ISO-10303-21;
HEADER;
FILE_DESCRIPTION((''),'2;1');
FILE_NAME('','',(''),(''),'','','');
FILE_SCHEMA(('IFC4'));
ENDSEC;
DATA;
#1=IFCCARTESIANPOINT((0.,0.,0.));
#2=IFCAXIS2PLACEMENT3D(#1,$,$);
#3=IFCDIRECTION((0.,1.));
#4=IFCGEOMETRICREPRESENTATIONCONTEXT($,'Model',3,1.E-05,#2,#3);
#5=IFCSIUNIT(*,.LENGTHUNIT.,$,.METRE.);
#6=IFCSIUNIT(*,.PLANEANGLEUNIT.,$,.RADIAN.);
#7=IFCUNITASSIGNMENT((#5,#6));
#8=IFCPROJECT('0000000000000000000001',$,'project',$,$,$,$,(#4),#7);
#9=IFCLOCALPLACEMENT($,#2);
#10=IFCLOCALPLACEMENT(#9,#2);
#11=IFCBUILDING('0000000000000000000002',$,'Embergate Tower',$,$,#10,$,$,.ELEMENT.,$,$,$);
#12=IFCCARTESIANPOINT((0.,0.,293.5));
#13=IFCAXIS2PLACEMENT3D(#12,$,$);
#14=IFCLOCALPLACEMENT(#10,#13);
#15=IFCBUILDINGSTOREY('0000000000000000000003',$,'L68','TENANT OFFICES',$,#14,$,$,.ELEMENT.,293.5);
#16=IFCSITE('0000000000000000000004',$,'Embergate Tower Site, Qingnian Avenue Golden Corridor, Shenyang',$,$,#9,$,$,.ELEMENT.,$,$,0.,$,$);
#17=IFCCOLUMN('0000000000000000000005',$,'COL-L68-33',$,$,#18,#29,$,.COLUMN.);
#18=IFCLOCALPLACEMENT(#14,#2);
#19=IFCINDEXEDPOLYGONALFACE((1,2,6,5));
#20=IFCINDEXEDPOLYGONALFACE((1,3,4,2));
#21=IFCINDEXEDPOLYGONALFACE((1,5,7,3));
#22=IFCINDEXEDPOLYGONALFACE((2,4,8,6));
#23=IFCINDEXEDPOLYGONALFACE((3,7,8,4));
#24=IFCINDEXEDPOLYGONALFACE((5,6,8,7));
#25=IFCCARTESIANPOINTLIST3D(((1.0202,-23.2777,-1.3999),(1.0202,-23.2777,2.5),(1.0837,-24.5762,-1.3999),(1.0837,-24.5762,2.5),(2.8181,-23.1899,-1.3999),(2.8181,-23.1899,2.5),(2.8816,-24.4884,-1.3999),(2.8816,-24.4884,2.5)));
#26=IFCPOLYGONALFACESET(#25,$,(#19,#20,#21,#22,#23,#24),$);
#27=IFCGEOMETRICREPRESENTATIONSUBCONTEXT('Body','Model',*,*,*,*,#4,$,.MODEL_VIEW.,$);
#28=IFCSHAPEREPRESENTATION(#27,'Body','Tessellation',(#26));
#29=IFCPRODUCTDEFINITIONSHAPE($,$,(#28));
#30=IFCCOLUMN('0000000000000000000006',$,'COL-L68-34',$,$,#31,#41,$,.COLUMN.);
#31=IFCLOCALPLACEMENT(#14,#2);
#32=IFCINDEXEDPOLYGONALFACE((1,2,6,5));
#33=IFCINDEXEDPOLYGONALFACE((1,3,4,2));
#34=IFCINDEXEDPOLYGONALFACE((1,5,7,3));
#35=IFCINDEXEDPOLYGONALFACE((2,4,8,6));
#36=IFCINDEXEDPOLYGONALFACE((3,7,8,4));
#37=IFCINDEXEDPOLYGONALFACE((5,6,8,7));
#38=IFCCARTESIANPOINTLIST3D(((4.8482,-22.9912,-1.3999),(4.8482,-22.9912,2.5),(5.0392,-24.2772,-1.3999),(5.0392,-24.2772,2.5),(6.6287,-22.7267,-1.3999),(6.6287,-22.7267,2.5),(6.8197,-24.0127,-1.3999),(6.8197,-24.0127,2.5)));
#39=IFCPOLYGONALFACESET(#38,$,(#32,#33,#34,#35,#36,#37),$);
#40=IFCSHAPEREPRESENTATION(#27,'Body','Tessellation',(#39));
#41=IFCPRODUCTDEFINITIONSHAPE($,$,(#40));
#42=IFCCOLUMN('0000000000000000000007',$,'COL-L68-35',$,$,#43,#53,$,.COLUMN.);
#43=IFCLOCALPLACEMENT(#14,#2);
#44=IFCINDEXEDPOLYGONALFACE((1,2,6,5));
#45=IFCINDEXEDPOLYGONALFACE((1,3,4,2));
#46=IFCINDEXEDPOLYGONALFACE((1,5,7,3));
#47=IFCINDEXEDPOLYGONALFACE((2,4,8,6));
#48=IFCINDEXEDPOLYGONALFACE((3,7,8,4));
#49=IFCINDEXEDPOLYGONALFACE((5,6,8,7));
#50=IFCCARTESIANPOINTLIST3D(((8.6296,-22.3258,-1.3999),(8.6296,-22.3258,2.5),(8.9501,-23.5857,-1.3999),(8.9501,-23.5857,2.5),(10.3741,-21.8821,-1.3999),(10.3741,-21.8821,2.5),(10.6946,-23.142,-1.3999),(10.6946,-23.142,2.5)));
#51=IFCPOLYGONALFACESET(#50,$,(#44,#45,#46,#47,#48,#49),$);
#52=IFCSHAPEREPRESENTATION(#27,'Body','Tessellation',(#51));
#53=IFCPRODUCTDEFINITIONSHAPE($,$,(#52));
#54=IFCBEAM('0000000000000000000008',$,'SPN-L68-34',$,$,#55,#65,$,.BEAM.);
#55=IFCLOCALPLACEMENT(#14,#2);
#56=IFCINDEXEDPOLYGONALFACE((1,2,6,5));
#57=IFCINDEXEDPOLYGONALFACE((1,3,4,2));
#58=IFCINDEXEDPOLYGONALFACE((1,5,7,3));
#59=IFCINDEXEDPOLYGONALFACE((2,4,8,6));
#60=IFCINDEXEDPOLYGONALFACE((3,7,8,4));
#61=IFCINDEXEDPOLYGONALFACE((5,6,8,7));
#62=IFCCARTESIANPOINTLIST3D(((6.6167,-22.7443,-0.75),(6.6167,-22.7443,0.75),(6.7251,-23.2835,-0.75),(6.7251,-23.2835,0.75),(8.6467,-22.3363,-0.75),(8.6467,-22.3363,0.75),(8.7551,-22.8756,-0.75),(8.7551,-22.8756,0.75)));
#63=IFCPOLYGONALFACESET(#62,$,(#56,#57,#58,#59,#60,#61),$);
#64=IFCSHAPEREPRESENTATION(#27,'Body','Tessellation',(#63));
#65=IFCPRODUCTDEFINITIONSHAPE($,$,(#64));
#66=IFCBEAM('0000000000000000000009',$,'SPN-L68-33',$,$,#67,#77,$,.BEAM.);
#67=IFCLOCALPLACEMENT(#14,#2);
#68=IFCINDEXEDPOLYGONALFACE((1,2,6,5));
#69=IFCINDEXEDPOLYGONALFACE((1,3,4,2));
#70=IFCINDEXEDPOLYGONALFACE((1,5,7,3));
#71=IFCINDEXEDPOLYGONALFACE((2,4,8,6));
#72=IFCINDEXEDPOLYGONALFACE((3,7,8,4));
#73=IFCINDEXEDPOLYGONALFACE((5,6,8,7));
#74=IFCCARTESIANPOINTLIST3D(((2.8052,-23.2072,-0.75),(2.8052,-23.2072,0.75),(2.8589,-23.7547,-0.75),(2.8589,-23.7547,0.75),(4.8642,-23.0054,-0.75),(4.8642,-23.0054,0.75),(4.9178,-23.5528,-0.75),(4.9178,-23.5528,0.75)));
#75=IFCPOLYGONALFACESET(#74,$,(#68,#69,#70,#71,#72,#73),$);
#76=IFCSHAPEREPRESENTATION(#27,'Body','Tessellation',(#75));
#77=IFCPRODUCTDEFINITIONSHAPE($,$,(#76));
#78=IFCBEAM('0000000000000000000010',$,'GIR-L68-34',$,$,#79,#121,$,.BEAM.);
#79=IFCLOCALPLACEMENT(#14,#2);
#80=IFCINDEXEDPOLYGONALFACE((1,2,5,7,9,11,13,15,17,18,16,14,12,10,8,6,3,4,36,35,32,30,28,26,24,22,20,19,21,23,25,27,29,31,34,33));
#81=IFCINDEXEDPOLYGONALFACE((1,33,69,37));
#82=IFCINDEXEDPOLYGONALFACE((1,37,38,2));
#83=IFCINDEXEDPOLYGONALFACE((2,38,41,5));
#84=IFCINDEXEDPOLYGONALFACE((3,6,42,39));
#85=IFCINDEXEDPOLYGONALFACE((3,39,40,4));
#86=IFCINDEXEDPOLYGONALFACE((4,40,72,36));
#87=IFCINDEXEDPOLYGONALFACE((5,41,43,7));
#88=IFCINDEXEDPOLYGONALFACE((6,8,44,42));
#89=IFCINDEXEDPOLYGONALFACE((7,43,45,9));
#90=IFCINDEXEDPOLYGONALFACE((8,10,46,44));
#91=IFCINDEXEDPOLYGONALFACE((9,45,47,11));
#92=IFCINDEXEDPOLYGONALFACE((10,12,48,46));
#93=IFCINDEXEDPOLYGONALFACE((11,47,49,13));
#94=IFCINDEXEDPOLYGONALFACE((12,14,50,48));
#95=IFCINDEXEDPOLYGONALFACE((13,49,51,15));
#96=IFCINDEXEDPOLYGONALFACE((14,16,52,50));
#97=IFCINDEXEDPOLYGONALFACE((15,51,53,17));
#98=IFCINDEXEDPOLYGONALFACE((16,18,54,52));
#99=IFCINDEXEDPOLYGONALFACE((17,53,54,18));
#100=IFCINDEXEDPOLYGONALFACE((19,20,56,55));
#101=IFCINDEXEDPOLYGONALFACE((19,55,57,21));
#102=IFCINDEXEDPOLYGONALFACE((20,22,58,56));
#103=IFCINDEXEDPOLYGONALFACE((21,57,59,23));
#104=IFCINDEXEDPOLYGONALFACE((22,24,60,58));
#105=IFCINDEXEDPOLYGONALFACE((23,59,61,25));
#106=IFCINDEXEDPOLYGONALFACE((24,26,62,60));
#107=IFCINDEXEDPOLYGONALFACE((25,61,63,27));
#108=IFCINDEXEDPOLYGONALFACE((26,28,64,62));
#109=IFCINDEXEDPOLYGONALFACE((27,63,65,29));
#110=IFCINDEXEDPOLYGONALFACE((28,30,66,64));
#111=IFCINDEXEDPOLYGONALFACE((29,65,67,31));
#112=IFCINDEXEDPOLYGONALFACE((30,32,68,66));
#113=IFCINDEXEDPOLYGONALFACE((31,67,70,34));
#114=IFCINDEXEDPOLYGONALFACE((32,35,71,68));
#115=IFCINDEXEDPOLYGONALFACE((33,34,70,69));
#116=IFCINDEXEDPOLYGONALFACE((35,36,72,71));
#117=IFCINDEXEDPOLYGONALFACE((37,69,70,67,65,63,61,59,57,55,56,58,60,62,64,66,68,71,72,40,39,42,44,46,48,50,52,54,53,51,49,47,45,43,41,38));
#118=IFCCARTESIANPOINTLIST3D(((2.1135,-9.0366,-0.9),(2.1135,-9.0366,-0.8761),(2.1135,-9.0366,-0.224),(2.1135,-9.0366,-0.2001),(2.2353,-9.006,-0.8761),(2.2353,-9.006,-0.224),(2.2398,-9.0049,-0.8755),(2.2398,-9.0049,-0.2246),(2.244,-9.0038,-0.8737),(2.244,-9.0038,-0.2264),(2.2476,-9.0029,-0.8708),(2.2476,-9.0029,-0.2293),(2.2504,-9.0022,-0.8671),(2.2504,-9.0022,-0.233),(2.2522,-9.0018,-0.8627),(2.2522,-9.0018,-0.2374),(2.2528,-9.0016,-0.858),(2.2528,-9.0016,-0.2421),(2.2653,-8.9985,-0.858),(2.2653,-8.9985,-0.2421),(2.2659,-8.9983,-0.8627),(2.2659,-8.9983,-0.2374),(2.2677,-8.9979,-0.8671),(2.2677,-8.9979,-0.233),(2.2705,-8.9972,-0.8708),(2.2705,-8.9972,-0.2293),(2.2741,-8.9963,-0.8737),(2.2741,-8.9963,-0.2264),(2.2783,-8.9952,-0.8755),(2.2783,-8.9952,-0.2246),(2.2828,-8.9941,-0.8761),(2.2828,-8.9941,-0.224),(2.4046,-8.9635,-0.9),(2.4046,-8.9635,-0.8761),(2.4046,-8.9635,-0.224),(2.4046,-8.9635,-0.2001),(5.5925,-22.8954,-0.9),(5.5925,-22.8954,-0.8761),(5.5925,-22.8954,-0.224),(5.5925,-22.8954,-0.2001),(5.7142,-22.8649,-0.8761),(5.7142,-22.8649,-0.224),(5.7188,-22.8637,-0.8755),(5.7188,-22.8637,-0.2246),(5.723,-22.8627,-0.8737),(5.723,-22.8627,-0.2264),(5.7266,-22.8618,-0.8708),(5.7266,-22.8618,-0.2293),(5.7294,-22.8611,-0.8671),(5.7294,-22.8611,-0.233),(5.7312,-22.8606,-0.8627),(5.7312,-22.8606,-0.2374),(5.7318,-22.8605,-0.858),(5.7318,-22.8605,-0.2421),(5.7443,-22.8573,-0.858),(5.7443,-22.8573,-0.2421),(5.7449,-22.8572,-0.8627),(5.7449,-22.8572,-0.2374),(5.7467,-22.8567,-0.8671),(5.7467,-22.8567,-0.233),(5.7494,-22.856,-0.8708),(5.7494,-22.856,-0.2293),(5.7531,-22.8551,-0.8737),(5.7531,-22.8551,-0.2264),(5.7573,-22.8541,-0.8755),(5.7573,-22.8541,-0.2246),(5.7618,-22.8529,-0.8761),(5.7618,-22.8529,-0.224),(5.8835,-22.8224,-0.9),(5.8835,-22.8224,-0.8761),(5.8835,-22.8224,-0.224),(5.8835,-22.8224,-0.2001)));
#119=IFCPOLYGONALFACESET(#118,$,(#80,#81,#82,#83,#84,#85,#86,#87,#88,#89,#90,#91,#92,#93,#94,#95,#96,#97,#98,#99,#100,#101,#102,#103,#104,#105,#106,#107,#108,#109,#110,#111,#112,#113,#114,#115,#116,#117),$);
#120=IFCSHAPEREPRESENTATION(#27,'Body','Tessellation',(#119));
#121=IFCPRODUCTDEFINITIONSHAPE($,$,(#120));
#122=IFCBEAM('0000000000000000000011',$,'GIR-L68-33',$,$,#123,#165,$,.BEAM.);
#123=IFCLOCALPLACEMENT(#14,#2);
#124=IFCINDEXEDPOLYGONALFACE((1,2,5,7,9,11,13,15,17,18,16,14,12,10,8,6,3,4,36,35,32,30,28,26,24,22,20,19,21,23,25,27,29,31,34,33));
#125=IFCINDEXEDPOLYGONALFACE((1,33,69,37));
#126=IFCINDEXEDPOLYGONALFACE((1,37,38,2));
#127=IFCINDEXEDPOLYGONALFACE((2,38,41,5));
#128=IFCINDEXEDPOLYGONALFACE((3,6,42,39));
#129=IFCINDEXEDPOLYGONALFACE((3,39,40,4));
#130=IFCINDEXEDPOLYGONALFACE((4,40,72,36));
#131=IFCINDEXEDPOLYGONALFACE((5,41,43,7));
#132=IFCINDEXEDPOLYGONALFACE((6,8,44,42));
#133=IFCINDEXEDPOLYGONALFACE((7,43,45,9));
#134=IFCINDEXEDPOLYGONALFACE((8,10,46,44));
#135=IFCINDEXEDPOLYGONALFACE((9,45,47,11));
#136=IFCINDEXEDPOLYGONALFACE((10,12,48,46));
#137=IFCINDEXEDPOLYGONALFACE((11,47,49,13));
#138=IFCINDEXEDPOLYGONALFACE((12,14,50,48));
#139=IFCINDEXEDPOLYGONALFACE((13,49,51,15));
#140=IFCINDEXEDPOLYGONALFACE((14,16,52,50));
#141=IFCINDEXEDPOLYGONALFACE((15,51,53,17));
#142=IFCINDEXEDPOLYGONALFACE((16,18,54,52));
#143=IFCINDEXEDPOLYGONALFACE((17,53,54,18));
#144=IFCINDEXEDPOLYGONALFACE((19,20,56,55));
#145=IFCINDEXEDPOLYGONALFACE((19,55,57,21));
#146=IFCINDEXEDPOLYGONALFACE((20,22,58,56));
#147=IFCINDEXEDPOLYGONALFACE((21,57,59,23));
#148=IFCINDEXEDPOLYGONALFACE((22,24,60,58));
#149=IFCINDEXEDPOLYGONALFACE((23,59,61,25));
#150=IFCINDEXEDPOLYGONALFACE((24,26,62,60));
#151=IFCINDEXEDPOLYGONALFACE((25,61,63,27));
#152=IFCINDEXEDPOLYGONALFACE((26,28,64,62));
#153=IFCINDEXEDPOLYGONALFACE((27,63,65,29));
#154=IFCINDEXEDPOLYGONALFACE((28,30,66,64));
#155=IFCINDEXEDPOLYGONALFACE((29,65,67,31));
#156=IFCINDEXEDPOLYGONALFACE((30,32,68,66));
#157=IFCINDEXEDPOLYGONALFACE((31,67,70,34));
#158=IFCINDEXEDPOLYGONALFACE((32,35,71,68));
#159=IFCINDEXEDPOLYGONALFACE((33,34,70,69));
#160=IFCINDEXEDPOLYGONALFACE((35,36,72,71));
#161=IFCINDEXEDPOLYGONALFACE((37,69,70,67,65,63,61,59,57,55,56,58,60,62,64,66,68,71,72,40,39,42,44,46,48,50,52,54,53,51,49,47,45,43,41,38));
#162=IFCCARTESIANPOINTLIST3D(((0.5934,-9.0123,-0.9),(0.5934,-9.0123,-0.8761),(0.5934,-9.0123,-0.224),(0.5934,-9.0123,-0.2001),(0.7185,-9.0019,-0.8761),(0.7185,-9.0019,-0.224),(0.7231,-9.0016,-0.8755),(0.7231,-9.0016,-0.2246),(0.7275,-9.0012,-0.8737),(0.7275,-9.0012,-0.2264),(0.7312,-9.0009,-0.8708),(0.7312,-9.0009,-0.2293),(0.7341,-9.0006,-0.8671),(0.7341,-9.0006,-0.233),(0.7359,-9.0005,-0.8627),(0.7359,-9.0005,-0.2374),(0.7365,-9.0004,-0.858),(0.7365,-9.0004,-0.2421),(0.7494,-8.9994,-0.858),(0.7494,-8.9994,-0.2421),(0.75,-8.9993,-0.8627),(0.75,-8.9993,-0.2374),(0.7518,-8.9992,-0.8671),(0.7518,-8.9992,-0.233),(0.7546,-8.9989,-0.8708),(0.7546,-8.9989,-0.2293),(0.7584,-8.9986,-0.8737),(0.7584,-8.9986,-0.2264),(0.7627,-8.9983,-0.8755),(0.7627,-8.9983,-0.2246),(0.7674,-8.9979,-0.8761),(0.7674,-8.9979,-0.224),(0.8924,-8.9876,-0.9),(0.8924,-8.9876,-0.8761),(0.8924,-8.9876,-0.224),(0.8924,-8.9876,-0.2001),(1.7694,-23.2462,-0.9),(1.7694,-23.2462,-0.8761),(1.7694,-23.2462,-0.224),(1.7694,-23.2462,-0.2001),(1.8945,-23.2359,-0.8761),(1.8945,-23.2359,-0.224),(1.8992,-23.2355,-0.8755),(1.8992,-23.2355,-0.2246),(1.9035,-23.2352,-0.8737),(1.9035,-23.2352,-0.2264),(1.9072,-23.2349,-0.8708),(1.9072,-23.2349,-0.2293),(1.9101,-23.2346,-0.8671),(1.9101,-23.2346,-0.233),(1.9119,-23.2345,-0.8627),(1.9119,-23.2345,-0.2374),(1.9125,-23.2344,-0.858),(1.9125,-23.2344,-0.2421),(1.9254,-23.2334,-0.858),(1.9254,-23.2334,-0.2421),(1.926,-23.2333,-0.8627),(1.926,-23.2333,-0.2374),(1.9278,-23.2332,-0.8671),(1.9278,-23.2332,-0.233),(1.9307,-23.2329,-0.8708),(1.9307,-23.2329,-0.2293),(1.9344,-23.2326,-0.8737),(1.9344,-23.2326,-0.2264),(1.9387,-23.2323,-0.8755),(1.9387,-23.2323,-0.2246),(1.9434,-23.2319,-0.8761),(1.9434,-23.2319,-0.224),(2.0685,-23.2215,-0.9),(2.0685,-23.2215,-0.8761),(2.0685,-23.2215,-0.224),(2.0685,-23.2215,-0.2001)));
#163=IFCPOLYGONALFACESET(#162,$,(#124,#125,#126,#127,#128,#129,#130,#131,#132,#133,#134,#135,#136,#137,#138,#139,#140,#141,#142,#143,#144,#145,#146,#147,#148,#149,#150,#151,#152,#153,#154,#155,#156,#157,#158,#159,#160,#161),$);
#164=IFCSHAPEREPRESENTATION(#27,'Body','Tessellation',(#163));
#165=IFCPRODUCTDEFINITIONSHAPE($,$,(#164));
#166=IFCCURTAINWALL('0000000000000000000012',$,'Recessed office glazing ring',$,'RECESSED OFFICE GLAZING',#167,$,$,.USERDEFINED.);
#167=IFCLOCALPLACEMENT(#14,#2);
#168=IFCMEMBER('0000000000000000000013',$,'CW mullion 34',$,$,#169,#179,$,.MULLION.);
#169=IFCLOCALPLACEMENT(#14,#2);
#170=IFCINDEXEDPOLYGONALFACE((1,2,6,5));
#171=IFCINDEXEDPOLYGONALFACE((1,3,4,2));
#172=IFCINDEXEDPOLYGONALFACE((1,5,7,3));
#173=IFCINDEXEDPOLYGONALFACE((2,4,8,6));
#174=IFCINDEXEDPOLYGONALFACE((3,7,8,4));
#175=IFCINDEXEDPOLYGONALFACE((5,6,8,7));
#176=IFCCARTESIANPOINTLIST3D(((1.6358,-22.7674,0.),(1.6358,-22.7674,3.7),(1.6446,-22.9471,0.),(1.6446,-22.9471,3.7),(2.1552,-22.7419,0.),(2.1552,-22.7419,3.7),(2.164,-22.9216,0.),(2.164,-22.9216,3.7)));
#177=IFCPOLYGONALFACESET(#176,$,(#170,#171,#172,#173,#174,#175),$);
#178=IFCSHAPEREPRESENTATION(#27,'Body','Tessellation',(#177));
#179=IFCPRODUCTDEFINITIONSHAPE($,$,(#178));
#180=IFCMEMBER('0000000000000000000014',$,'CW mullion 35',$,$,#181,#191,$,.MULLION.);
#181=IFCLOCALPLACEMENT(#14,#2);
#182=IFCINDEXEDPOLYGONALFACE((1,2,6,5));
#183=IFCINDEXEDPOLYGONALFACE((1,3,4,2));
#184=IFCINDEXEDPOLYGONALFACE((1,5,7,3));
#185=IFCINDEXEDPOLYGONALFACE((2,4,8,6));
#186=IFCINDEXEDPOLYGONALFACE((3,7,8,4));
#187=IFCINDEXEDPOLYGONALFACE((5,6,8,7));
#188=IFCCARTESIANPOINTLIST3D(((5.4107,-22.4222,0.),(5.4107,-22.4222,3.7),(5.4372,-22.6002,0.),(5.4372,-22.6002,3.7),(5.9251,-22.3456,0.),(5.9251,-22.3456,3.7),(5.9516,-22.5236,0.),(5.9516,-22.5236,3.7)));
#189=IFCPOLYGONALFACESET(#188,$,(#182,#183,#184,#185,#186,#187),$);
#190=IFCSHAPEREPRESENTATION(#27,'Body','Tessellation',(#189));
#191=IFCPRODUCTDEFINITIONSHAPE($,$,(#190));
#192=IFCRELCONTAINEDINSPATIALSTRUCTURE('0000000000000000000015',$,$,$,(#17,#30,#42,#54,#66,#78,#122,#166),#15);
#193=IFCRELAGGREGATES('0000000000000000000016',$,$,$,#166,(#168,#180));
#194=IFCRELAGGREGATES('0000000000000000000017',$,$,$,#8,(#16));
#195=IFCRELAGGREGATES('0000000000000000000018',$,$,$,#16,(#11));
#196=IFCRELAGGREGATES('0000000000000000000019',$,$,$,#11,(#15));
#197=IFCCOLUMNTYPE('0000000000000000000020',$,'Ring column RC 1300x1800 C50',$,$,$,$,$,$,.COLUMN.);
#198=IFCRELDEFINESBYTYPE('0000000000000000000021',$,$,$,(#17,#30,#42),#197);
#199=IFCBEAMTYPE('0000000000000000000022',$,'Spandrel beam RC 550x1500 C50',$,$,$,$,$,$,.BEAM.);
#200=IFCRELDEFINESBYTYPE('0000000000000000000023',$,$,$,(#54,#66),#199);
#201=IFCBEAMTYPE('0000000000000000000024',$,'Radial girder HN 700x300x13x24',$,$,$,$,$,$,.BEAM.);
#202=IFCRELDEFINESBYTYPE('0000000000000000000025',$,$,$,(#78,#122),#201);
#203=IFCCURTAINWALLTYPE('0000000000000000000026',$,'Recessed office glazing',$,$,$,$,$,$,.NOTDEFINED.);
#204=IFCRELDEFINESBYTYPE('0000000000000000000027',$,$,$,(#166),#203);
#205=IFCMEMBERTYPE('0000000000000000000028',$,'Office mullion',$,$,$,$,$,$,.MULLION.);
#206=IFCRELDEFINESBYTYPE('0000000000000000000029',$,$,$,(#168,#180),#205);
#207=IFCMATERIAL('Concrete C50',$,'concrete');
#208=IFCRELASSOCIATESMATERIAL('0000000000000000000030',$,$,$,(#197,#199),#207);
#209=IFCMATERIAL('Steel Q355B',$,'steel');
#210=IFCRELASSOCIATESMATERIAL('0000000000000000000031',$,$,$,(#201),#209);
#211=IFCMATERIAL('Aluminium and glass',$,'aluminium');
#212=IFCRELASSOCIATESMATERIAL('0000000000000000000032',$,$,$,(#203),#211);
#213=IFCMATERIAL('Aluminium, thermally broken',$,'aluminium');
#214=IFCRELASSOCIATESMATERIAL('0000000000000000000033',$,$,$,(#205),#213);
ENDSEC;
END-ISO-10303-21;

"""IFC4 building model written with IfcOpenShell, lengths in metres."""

from ifc_helpers import new_model, si_unit, direction, frame, origin, origin_2d, place, context, subcontext, project, spatial, rectangle, i_section, extrude, source, transform, mapped, material, material_profile, profile_set, type_object, element, aggregate, save


model = new_model("IFC4")

# Units and contexts
model_context = context("Model", 3, precision=1e-05, world=origin(), true_north=direction((0.0, 1.0)))
body_context = subcontext(model_context, "Body", "Model", "MODEL_VIEW")
ifc_project = project(units=[si_unit("LENGTHUNIT", "METRE"), si_unit("PLANEANGLEUNIT", "RADIAN")], contexts=[model_context])

# Site, building, storey
site_placement = place(None, origin())
site = spatial("IfcSite", under=ifc_project, at=site_placement, Name="Embergate Tower Site, Qingnian Avenue Golden Corridor, Shenyang", CompositionType="ELEMENT", RefElevation=0.0)
building_placement = place(site_placement, origin())
building = spatial("IfcBuilding", under=site, at=building_placement, Name="Embergate Tower", CompositionType="ELEMENT")
storey_placement = place(building_placement, frame((0.0, 0.0, 293.5)))
storey = spatial("IfcBuildingStorey", under=building, at=storey_placement, Name="L68", Description="TENANT OFFICES", CompositionType="ELEMENT", Elevation=293.5)

# Columns
ifc_material_1 = material(Name="Concrete C50", Category="concrete")
ifc_material_profile_1 = material_profile(ifc_material_1, rectangle(XDim=1.3, YDim=1.8, at=origin_2d()), Name="RC 1300x1800")
ifc_profile_set_1 = profile_set([ifc_material_profile_1], Name="Concrete C50")
column_type = type_object("IfcColumnType", Name="Ring column RC 1300x1800 C50", PredefinedType="COLUMN", material=ifc_profile_set_1)
shared_shape_1 = source(origin(), body_context, "Body", "SweptSolid", [
    extrude(rectangle(XDim=1.3, YDim=1.8, at=origin_2d()), origin(), (0.0, 0.0, 1.0), 3.8999),
])
for number, where, z_axis, x_axis, name in (
    (1, (1.9509, -23.8831, -1.3999), (0.0, 0.0, 1.0), (0.048815, -0.998808, 0.0), "COL-L68-33"),
    (2, (5.834, -23.502, -1.3999), (0.0, 0.0, 1.0), (0.146929, -0.989147, 0.0), "COL-L68-34"),
    (3, (9.6621, -22.7339, -1.3999), (0.0, 0.0, 1.0), (0.246509, -0.969141, 0.0), "COL-L68-35"),
):
    element("IfcColumn", number, at=place(storey_placement, frame(where, z_axis=z_axis, x_axis=x_axis)), inside=storey, type_object=column_type, Name=name, PredefinedType="COLUMN", context=body_context, shape_type="MappedRepresentation", body=[
        mapped(shared_shape_1, transform((0.0, 0.0, 0.0))),
    ])

# Beams
ifc_material_profile_2 = material_profile(ifc_material_1, rectangle(XDim=0.55, YDim=1.5, at=origin_2d()), Name="RC 550x1500")
ifc_profile_set_2 = profile_set([ifc_material_profile_2], Name="Concrete C50")
beam_type_1 = type_object("IfcBeamType", Name="Spandrel beam RC 550x1500 C50", PredefinedType="BEAM", material=ifc_profile_set_2)
shared_shape_2 = source(origin(), body_context, "Body", "SweptSolid", [
    extrude(rectangle(XDim=0.55, YDim=1.5, at=origin_2d()), origin(), (0.0, 0.0, 1.0), 2.0706),
])
beam_1_placement = place(storey_placement, frame((6.6709, -23.0139, 0.0), z_axis=(0.980399, 0.197023, 0.0), x_axis=(-0.197023, 0.980399, 0.0)))
element("IfcBeam", 4, at=beam_1_placement, inside=storey, type_object=beam_type_1, Name="SPN-L68-34", PredefinedType="BEAM", context=body_context, shape_type="MappedRepresentation", body=[
    mapped(shared_shape_2, transform((0.0, 0.0, 0.0))),
])
shared_shape_3 = source(origin(), body_context, "Body", "SweptSolid", [
    extrude(rectangle(XDim=0.55, YDim=1.5, at=origin_2d()), origin(), (0.0, 0.0, 1.0), 2.0688),
])
beam_2_placement = place(storey_placement, frame((2.832, -23.481, 0.0), z_axis=(0.995227, 0.097587, 0.0), x_axis=(-0.097587, 0.995227, 0.0)))
element("IfcBeam", 5, at=beam_2_placement, inside=storey, type_object=beam_type_1, Name="SPN-L68-33", PredefinedType="BEAM", context=body_context, shape_type="MappedRepresentation", body=[
    mapped(shared_shape_3, transform((0.0, 0.0, 0.0))),
])
ifc_material_2 = material(Name="Steel Q355B", Category="steel")
ifc_material_profile_3 = material_profile(ifc_material_2, i_section(OverallWidth=0.3, OverallDepth=0.7, WebThickness=0.0129, FlangeThickness=0.0239, FilletRadius=0.0181, at=origin_2d()), Name="HN 700x300x13x24")
ifc_profile_set_3 = profile_set([ifc_material_profile_3], Name="Steel Q355 grade B")
beam_type_2 = type_object("IfcBeamType", Name="Radial girder HN 700x300x13x24", PredefinedType="BEAM", material=ifc_profile_set_3)
shared_shape_4 = source(origin(), body_context, "Body", "SweptSolid", [
    extrude(i_section(OverallWidth=0.3, OverallDepth=0.7, WebThickness=0.0129, FlangeThickness=0.0239, FilletRadius=0.0181, at=origin_2d()), origin(), (0.0, 0.0, 1.0), 14.2888),
])
beam_3_placement = place(storey_placement, frame((5.738, -22.8589, -0.55), z_axis=(-0.243476, 0.969907, 0.0), x_axis=(-0.969907, -0.243476, 0.0)))
element("IfcBeam", 6, at=beam_3_placement, inside=storey, type_object=beam_type_2, Name="GIR-L68-34", PredefinedType="BEAM", context=body_context, shape_type="MappedRepresentation", body=[
    mapped(shared_shape_4, transform((0.0, 0.0, 0.0))),
])
shared_shape_5 = source(origin(), body_context, "Body", "SweptSolid", [
    extrude(i_section(OverallWidth=0.3, OverallDepth=0.7, WebThickness=0.0129, FlangeThickness=0.0239, FilletRadius=0.0181, at=origin_2d()), origin(), (0.0, 0.0, 1.0), 14.2825),
])
beam_4_placement = place(storey_placement, frame((1.9189, -23.2339, -0.55), z_axis=(-0.082341, 0.996604, 0.0), x_axis=(-0.996604, -0.082341, 0.0)))
element("IfcBeam", 7, at=beam_4_placement, inside=storey, type_object=beam_type_2, Name="GIR-L68-33", PredefinedType="BEAM", context=body_context, shape_type="MappedRepresentation", body=[
    mapped(shared_shape_5, transform((0.0, 0.0, 0.0))),
])

# Curtain wall, members
ifc_material_3 = material(Name="Aluminium and glass", Category="aluminium")
curtain_wall_type = type_object("IfcCurtainWallType", Name="Recessed office glazing", PredefinedType="NOTDEFINED", material=ifc_material_3)
curtain_wall_placement = place(storey_placement, origin())
curtain_wall = element("IfcCurtainWall", 8, at=curtain_wall_placement, inside=storey, type_object=curtain_wall_type, Name="Recessed office glazing ring", ObjectType="RECESSED OFFICE GLAZING", PredefinedType="USERDEFINED")
ifc_material_4 = material(Name="Aluminium, thermally broken", Category="aluminium")
ifc_material_profile_4 = material_profile(ifc_material_4, rectangle(XDim=0.1799, YDim=0.52, at=origin_2d()), Name="AL 520x180")
ifc_profile_set_4 = profile_set([ifc_material_profile_4], Name="Aluminium, thermally broken")
member_type_1 = type_object("IfcMemberType", Name="Office mullion", PredefinedType="MULLION", material=ifc_profile_set_4)
shared_shape_6 = source(origin(), body_context, "Body", "SweptSolid", [
    extrude(rectangle(XDim=0.1799, YDim=0.52, at=origin_2d()), origin(), (0.0, 0.0, 1.0), 3.7),
])
member_1_placement = place(storey_placement, frame((1.8999, -22.8445, 0.0), z_axis=(0.0, 0.0, 1.0), x_axis=(-0.048972, 0.9988, 0.0)))
member_1 = element("IfcMember", 9, at=member_1_placement, type_object=member_type_1, Name="CW mullion 34", PredefinedType="MULLION", context=body_context, shape_type="MappedRepresentation", body=[
    mapped(shared_shape_6, transform((0.0, 0.0, 0.0))),
])
member_2_placement = place(storey_placement, frame((5.6812, -22.4729, 0.0), z_axis=(0.0, 0.0, 1.0), x_axis=(-0.147412, 0.989075, 0.0)))
member_2 = element("IfcMember", 10, at=member_2_placement, type_object=member_type_1, Name="CW mullion 35", PredefinedType="MULLION", context=body_context, shape_type="MappedRepresentation", body=[
    mapped(shared_shape_6, transform((0.0, 0.0, 0.0))),
])

aggregate(curtain_wall, [member_1, member_2])

save(model, "model.ifc")
